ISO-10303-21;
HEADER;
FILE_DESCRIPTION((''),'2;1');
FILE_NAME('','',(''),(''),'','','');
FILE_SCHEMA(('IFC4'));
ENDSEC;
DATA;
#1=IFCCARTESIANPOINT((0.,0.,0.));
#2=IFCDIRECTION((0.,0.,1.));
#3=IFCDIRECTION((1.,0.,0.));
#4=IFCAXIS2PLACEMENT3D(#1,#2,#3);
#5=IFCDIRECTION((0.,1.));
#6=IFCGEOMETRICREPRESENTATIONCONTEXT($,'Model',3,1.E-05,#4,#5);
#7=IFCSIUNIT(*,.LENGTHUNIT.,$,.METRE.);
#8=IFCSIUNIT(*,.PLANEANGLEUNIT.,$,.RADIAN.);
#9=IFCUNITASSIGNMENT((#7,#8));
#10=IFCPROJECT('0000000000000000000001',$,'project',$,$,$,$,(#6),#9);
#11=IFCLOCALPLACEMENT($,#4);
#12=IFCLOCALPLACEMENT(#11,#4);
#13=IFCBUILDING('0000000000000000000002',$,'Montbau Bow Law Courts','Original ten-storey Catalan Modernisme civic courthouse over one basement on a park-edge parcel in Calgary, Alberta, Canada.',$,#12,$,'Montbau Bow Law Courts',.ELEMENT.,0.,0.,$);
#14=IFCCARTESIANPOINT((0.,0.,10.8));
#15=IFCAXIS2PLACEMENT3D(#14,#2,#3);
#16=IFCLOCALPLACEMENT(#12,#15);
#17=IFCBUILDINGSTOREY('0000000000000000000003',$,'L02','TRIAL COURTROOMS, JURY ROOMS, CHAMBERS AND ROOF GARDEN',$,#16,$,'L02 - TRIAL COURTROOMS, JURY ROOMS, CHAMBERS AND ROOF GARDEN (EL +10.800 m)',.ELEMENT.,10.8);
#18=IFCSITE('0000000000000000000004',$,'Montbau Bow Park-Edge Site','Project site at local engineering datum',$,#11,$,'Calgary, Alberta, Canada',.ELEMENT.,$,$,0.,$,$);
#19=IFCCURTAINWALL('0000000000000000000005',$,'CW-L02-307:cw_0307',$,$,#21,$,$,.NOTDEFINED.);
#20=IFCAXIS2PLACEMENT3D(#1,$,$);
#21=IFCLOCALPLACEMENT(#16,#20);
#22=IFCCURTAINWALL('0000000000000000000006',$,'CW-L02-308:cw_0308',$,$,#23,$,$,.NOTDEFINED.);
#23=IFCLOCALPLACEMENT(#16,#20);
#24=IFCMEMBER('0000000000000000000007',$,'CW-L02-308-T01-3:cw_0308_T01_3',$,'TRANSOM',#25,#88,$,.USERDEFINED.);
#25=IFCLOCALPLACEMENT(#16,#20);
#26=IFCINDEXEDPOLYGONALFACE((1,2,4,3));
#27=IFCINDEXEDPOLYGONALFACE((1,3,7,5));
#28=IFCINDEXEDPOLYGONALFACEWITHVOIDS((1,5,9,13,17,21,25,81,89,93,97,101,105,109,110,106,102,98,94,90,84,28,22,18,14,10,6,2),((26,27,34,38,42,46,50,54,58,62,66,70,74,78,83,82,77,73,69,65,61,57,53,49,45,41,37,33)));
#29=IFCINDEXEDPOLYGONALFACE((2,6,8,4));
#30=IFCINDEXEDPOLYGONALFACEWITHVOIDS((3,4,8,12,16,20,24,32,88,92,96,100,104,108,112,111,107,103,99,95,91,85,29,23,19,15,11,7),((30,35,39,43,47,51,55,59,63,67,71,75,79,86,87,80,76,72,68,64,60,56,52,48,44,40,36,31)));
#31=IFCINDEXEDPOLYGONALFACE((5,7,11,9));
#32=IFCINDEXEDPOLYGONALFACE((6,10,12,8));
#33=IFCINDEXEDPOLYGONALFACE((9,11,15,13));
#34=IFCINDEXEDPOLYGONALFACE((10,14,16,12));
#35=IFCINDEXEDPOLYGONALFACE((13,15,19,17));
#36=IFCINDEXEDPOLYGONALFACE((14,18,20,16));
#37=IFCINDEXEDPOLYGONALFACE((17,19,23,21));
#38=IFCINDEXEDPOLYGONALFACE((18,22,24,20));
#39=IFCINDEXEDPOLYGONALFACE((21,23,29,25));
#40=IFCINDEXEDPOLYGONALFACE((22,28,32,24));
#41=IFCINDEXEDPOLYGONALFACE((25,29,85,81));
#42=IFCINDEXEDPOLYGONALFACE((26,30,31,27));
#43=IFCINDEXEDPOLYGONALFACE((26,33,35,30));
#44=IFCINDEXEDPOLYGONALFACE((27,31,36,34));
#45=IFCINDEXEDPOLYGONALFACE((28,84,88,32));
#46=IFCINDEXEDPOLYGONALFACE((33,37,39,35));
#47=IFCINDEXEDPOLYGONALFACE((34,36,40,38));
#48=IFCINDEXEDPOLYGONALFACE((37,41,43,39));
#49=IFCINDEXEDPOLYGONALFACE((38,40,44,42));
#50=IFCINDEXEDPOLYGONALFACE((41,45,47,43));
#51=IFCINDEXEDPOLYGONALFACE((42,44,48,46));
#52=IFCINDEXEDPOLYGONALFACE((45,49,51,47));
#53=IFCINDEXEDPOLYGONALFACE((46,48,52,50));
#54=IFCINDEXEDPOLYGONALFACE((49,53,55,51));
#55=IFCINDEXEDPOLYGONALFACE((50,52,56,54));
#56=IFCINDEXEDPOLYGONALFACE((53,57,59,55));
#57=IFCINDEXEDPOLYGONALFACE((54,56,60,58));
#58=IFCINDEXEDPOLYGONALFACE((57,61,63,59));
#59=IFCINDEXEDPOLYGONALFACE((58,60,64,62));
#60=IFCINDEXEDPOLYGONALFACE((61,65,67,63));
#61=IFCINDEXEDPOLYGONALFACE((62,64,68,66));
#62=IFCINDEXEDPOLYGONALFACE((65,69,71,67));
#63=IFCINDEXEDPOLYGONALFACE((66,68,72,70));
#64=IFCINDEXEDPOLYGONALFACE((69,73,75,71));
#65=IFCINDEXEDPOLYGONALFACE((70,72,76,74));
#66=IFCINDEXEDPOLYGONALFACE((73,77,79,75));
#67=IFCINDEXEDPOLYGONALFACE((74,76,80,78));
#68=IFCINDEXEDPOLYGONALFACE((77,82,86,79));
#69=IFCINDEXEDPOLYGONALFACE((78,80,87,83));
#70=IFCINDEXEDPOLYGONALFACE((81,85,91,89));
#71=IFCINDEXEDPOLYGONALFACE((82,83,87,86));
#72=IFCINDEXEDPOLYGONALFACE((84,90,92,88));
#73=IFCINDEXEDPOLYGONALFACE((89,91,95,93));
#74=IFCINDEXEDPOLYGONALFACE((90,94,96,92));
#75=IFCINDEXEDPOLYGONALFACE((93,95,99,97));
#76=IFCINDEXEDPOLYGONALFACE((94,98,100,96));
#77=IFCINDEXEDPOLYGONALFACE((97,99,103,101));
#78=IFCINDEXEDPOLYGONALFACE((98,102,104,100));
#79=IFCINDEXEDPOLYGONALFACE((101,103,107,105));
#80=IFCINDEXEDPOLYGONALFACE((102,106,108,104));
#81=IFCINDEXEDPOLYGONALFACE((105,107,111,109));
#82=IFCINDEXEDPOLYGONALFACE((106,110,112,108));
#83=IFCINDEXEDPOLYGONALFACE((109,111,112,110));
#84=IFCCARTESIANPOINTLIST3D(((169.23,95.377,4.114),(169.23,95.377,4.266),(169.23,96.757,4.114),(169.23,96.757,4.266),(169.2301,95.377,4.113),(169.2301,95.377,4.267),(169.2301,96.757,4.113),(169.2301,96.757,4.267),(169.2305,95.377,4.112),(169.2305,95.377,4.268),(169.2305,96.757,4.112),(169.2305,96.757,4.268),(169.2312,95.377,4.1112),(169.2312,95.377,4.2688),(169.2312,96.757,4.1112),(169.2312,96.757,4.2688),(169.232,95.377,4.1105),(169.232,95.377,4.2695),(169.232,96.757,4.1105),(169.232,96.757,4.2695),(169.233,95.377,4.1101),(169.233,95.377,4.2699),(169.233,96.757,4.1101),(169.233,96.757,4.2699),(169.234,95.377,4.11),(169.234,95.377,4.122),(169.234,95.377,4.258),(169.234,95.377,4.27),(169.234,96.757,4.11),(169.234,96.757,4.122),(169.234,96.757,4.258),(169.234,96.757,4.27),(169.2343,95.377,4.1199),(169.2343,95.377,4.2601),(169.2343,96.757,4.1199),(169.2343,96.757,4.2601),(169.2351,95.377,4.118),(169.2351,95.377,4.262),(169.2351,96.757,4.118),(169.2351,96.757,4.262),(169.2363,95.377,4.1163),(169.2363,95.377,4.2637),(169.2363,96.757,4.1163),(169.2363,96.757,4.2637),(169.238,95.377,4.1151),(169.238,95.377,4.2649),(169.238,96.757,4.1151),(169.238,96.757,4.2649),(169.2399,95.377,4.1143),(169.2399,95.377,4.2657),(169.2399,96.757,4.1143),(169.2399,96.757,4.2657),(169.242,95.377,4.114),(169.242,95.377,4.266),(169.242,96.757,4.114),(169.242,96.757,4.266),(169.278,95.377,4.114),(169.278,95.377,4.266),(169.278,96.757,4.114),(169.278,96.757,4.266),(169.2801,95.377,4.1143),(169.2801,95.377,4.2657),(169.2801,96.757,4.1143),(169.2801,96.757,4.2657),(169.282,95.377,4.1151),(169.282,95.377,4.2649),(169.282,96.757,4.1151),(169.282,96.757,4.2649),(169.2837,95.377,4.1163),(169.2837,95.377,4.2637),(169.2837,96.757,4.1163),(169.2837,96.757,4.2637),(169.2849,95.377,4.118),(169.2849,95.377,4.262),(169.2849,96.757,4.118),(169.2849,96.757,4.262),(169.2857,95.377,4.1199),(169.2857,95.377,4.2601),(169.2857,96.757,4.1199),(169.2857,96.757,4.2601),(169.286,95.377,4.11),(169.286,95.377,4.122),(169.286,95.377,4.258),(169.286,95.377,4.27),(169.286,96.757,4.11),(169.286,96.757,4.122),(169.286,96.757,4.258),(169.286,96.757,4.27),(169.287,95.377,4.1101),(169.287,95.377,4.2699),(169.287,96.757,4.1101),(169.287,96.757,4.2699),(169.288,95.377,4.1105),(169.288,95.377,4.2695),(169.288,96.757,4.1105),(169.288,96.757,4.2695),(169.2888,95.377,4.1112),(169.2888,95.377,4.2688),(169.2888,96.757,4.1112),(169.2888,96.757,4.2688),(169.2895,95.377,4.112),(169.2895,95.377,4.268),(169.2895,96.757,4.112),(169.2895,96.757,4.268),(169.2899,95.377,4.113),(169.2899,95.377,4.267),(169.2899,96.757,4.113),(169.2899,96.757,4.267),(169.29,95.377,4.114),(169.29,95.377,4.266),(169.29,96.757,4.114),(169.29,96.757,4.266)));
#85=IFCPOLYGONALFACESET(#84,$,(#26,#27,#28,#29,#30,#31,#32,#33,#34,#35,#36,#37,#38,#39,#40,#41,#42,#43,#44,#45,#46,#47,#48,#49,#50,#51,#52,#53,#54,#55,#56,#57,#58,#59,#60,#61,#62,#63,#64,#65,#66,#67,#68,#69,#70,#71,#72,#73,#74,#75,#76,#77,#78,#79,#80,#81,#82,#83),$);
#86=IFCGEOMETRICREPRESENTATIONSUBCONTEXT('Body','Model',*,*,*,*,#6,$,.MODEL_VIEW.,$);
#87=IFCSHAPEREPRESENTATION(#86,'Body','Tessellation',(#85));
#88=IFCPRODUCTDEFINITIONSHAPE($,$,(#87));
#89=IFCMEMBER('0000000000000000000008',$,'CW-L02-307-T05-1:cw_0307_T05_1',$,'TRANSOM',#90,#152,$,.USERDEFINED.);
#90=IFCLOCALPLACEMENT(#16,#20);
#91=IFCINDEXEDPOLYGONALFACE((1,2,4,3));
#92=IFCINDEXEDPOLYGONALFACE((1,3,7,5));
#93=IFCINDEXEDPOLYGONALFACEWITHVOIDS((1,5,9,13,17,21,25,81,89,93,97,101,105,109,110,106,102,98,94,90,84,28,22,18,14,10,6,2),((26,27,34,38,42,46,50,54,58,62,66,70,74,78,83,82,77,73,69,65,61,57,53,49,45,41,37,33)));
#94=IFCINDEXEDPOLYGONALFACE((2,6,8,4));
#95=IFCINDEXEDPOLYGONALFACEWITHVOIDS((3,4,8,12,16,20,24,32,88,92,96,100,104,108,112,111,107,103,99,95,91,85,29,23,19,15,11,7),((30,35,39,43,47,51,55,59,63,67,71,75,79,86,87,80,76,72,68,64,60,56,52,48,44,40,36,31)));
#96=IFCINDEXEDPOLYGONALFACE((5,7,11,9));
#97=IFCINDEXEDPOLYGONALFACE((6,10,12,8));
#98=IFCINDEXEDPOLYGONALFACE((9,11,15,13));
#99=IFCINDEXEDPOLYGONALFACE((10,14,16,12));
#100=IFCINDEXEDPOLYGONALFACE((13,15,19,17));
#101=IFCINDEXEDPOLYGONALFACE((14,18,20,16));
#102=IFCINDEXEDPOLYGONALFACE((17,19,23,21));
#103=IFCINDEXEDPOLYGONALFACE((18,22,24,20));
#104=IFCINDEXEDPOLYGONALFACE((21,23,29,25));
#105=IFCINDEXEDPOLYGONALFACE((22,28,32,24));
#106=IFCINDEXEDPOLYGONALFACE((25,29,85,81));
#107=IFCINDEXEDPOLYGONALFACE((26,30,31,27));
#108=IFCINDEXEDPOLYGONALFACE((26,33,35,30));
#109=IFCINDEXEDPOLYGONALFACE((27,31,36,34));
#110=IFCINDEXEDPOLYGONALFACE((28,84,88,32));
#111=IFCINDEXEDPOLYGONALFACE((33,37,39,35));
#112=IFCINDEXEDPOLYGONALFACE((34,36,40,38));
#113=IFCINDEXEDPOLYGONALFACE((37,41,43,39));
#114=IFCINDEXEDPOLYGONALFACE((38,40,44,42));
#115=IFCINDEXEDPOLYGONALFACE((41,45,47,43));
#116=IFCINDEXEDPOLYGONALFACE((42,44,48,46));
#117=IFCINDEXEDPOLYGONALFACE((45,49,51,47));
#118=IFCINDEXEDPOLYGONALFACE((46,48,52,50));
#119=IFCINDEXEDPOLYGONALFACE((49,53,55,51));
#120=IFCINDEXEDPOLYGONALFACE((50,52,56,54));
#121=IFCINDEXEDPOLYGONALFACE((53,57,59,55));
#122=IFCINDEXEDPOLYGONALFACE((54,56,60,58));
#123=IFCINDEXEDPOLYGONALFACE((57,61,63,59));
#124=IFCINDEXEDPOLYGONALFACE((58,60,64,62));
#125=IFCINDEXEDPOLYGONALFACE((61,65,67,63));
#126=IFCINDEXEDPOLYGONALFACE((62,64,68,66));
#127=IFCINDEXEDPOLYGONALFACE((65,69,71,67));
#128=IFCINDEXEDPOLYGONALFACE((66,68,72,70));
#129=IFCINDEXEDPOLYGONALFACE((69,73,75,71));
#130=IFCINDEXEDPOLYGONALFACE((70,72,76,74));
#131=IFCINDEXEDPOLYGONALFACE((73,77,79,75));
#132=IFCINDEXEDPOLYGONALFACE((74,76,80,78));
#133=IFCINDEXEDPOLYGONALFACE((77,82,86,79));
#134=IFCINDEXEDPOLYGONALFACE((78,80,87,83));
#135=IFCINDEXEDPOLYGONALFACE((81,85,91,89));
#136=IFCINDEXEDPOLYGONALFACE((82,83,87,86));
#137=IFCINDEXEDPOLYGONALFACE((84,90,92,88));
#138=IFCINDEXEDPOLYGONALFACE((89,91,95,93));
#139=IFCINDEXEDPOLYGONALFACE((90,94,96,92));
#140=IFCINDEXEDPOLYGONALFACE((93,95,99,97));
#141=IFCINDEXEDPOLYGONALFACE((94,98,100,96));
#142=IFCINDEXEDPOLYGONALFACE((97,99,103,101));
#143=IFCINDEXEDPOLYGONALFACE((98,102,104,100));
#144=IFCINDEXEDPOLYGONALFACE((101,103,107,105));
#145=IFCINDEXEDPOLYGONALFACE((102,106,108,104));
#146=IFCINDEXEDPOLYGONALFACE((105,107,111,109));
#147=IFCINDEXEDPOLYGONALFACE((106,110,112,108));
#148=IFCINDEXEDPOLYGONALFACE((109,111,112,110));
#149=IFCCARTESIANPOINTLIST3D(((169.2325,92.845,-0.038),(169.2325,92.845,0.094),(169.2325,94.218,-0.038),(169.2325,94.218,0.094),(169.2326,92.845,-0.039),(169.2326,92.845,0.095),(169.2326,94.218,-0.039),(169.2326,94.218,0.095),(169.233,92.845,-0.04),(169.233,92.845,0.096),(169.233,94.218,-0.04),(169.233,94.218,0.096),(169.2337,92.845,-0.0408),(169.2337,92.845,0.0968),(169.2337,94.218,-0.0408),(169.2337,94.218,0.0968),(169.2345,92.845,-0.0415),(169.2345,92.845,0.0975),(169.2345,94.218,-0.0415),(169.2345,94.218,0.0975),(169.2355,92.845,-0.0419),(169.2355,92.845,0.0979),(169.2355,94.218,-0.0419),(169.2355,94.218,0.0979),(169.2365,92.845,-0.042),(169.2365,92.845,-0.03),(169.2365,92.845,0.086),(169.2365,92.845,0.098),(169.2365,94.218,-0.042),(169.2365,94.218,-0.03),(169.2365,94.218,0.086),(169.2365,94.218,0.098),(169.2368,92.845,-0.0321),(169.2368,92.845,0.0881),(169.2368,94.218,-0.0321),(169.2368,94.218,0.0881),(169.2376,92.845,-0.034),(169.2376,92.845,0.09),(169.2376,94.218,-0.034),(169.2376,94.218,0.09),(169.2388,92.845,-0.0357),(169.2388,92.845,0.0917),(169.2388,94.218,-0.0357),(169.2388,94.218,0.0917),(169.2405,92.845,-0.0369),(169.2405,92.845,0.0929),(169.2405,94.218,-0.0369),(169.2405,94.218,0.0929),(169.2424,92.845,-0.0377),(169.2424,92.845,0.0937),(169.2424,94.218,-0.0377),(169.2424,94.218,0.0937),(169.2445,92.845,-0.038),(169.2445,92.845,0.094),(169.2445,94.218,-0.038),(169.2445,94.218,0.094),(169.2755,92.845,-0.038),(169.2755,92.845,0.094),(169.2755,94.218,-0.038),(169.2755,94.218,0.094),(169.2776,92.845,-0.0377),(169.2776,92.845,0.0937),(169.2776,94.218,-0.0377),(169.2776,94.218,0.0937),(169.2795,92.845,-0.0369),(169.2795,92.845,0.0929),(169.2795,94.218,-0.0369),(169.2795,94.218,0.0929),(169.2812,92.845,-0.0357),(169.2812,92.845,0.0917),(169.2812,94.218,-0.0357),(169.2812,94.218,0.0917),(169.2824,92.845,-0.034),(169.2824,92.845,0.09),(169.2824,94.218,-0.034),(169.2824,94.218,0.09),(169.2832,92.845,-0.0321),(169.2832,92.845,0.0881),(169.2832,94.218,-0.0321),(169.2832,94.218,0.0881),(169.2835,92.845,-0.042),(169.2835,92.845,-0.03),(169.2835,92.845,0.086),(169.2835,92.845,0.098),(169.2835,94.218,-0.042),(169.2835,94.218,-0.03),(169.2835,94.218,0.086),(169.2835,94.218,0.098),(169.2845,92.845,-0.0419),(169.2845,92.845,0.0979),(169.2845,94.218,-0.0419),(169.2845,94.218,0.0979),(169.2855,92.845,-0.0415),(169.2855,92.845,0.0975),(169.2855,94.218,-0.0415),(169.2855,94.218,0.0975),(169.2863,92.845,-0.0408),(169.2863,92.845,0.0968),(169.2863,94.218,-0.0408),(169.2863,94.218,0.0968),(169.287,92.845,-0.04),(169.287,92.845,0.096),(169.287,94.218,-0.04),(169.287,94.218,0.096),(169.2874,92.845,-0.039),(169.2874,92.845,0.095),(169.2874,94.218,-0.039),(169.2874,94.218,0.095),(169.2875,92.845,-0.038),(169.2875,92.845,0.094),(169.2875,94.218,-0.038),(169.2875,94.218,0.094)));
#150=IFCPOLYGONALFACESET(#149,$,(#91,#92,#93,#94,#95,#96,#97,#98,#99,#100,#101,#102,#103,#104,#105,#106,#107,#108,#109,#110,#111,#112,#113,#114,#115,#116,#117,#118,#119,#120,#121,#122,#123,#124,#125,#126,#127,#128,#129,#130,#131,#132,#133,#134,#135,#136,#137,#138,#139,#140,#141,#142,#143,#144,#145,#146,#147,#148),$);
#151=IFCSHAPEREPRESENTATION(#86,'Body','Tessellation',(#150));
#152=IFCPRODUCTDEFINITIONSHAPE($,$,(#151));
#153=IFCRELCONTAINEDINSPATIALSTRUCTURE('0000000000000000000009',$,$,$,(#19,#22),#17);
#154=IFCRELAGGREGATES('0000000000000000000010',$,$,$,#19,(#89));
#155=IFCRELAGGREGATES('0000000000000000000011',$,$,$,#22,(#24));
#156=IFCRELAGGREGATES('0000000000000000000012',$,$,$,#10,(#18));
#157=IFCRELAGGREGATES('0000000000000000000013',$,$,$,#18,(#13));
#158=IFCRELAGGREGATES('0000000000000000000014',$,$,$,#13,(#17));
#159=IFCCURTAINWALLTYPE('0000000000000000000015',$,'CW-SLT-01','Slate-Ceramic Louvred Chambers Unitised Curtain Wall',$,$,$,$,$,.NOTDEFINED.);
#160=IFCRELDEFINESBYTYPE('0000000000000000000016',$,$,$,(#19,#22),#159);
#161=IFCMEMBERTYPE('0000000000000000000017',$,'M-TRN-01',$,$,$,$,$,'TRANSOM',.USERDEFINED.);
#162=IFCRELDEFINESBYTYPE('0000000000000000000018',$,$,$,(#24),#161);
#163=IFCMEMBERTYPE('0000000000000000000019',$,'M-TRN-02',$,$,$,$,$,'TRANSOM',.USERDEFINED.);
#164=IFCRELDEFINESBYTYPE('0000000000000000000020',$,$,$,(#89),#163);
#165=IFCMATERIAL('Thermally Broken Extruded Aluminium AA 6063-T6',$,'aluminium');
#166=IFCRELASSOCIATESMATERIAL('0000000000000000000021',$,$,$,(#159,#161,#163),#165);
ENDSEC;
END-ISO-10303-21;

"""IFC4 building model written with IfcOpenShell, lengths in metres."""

from ifc_helpers import new_model, si_unit, direction, frame, origin_with_axes, origin_2d_with_axis, place, context, subcontext, project, spatial, hollow_rectangle, extrude, material, material_profile, profile_set, type_object, element, aggregate, save


model = new_model("IFC4")

# Units and contexts
model_context = context("Model", 3, precision=1e-05, world=origin_with_axes(), true_north=direction((0.0, 1.0)))
body_context = subcontext(model_context, "Body", "Model", "MODEL_VIEW")
ifc_project = project(units=[si_unit("LENGTHUNIT", "METRE"), si_unit("PLANEANGLEUNIT", "RADIAN")], contexts=[model_context])

# Site, building, storey
site_placement = place(None, origin_with_axes())
site = spatial("IfcSite", under=ifc_project, at=site_placement, Name="Montbau Bow Park-Edge Site", Description="Project site at local engineering datum", LongName="Calgary, Alberta, Canada", CompositionType="ELEMENT", RefElevation=0.0)
building_placement = place(site_placement, origin_with_axes())
building = spatial("IfcBuilding", under=site, at=building_placement, Name="Montbau Bow Law Courts", Description="Original ten-storey Catalan Modernisme civic courthouse over one basement on a park-edge parcel in Calgary, Alberta, Canada.", LongName="Montbau Bow Law Courts", CompositionType="ELEMENT", ElevationOfRefHeight=0.0, ElevationOfTerrain=0.0)
storey_placement = place(building_placement, frame((0.0, 0.0, 10.8), z_axis=(0.0, 0.0, 1.0), x_axis=(1.0, 0.0, 0.0)))
storey = spatial("IfcBuildingStorey", under=building, at=storey_placement, Name="L02", Description="TRIAL COURTROOMS, JURY ROOMS, CHAMBERS AND ROOF GARDEN", LongName="L02 - TRIAL COURTROOMS, JURY ROOMS, CHAMBERS AND ROOF GARDEN (EL +10.800 m)", CompositionType="ELEMENT", Elevation=10.8)

# Curtain walls, member
ifc_material_1 = material(Name="Thermally Broken Extruded Aluminium AA 6063-T6", Category="aluminium")
curtain_wall_type = type_object("IfcCurtainWallType", Name="CW-SLT-01", Description="Slate-Ceramic Louvred Chambers Unitised Curtain Wall", PredefinedType="NOTDEFINED", material=ifc_material_1)
curtain_wall_1_placement = place(None, frame((169.26, 86.915, 10.8), z_axis=(0.0, 0.0, 1.0), x_axis=(1.0, 0.0, 0.0)))
curtain_wall_1 = element("IfcCurtainWall", 1, at=curtain_wall_1_placement, inside=storey, type_object=curtain_wall_type, Name="CW-L02-307:cw_0307", PredefinedType="NOTDEFINED")
curtain_wall_2_placement = place(None, frame((169.26, 95.315, 10.8), z_axis=(0.0, 0.0, 1.0), x_axis=(1.0, 0.0, 0.0)))
curtain_wall_2 = element("IfcCurtainWall", 2, at=curtain_wall_2_placement, inside=storey, type_object=curtain_wall_type, Name="CW-L02-308:cw_0308", PredefinedType="NOTDEFINED")
ifc_material_profile_1 = material_profile(ifc_material_1, hollow_rectangle(XDim=0.06, YDim=0.16, WallThickness=0.004, InnerFilletRadius=0.008, OuterFilletRadius=0.004, at=origin_2d_with_axis()), Name="CWT-160X60", Category="Main", Priority=0)
ifc_profile_set_1 = profile_set([ifc_material_profile_1], Name="Thermally Broken Extruded Aluminium AA 6063-T6")
member_type_1 = type_object("IfcMemberType", Name="M-TRN-01", ElementType="TRANSOM", PredefinedType="USERDEFINED", material=ifc_profile_set_1)
member_1_placement = place(None, frame((169.26, 95.377, 14.99), z_axis=(0.0, 1.0, 0.0), x_axis=(-1.0, 0.0, 0.0)))
member_1 = element("IfcMember", 3, at=member_1_placement, type_object=member_type_1, Name="CW-L02-308-T01-3:cw_0308_T01_3", ObjectType="TRANSOM", PredefinedType="USERDEFINED", context=body_context, shape_type="SweptSolid", body=[
    extrude(hollow_rectangle(XDim=0.06, YDim=0.16, WallThickness=0.004, InnerFilletRadius=0.008, OuterFilletRadius=0.004, at=origin_2d_with_axis()), origin_with_axes(), (0.0, 0.0, 1.0), 1.38),
])

# Member
ifc_material_profile_2 = material_profile(ifc_material_1, hollow_rectangle(XDim=0.055, YDim=0.14, WallThickness=0.004, InnerFilletRadius=0.008, OuterFilletRadius=0.004, at=origin_2d_with_axis()), Name="CWT-140X55", Category="Main", Priority=0)
ifc_profile_set_2 = profile_set([ifc_material_profile_2], Name="Thermally Broken Extruded Aluminium AA 6063-T6")
member_type_2 = type_object("IfcMemberType", Name="M-TRN-02", ElementType="TRANSOM", PredefinedType="USERDEFINED", material=ifc_profile_set_2)
member_2_placement = place(None, frame((169.26, 92.845, 10.828), z_axis=(0.0, 1.0, 0.0), x_axis=(-1.0, 0.0, 0.0)))
member_2 = element("IfcMember", 4, at=member_2_placement, type_object=member_type_2, Name="CW-L02-307-T05-1:cw_0307_T05_1", ObjectType="TRANSOM", PredefinedType="USERDEFINED", context=body_context, shape_type="SweptSolid", body=[
    extrude(hollow_rectangle(XDim=0.055, YDim=0.14, WallThickness=0.004, InnerFilletRadius=0.008, OuterFilletRadius=0.004, at=origin_2d_with_axis()), origin_with_axes(), (0.0, 0.0, 1.0), 1.373),
])

aggregate(curtain_wall_1, [member_2])
aggregate(curtain_wall_2, [member_1])

save(model, "model.ifc")
